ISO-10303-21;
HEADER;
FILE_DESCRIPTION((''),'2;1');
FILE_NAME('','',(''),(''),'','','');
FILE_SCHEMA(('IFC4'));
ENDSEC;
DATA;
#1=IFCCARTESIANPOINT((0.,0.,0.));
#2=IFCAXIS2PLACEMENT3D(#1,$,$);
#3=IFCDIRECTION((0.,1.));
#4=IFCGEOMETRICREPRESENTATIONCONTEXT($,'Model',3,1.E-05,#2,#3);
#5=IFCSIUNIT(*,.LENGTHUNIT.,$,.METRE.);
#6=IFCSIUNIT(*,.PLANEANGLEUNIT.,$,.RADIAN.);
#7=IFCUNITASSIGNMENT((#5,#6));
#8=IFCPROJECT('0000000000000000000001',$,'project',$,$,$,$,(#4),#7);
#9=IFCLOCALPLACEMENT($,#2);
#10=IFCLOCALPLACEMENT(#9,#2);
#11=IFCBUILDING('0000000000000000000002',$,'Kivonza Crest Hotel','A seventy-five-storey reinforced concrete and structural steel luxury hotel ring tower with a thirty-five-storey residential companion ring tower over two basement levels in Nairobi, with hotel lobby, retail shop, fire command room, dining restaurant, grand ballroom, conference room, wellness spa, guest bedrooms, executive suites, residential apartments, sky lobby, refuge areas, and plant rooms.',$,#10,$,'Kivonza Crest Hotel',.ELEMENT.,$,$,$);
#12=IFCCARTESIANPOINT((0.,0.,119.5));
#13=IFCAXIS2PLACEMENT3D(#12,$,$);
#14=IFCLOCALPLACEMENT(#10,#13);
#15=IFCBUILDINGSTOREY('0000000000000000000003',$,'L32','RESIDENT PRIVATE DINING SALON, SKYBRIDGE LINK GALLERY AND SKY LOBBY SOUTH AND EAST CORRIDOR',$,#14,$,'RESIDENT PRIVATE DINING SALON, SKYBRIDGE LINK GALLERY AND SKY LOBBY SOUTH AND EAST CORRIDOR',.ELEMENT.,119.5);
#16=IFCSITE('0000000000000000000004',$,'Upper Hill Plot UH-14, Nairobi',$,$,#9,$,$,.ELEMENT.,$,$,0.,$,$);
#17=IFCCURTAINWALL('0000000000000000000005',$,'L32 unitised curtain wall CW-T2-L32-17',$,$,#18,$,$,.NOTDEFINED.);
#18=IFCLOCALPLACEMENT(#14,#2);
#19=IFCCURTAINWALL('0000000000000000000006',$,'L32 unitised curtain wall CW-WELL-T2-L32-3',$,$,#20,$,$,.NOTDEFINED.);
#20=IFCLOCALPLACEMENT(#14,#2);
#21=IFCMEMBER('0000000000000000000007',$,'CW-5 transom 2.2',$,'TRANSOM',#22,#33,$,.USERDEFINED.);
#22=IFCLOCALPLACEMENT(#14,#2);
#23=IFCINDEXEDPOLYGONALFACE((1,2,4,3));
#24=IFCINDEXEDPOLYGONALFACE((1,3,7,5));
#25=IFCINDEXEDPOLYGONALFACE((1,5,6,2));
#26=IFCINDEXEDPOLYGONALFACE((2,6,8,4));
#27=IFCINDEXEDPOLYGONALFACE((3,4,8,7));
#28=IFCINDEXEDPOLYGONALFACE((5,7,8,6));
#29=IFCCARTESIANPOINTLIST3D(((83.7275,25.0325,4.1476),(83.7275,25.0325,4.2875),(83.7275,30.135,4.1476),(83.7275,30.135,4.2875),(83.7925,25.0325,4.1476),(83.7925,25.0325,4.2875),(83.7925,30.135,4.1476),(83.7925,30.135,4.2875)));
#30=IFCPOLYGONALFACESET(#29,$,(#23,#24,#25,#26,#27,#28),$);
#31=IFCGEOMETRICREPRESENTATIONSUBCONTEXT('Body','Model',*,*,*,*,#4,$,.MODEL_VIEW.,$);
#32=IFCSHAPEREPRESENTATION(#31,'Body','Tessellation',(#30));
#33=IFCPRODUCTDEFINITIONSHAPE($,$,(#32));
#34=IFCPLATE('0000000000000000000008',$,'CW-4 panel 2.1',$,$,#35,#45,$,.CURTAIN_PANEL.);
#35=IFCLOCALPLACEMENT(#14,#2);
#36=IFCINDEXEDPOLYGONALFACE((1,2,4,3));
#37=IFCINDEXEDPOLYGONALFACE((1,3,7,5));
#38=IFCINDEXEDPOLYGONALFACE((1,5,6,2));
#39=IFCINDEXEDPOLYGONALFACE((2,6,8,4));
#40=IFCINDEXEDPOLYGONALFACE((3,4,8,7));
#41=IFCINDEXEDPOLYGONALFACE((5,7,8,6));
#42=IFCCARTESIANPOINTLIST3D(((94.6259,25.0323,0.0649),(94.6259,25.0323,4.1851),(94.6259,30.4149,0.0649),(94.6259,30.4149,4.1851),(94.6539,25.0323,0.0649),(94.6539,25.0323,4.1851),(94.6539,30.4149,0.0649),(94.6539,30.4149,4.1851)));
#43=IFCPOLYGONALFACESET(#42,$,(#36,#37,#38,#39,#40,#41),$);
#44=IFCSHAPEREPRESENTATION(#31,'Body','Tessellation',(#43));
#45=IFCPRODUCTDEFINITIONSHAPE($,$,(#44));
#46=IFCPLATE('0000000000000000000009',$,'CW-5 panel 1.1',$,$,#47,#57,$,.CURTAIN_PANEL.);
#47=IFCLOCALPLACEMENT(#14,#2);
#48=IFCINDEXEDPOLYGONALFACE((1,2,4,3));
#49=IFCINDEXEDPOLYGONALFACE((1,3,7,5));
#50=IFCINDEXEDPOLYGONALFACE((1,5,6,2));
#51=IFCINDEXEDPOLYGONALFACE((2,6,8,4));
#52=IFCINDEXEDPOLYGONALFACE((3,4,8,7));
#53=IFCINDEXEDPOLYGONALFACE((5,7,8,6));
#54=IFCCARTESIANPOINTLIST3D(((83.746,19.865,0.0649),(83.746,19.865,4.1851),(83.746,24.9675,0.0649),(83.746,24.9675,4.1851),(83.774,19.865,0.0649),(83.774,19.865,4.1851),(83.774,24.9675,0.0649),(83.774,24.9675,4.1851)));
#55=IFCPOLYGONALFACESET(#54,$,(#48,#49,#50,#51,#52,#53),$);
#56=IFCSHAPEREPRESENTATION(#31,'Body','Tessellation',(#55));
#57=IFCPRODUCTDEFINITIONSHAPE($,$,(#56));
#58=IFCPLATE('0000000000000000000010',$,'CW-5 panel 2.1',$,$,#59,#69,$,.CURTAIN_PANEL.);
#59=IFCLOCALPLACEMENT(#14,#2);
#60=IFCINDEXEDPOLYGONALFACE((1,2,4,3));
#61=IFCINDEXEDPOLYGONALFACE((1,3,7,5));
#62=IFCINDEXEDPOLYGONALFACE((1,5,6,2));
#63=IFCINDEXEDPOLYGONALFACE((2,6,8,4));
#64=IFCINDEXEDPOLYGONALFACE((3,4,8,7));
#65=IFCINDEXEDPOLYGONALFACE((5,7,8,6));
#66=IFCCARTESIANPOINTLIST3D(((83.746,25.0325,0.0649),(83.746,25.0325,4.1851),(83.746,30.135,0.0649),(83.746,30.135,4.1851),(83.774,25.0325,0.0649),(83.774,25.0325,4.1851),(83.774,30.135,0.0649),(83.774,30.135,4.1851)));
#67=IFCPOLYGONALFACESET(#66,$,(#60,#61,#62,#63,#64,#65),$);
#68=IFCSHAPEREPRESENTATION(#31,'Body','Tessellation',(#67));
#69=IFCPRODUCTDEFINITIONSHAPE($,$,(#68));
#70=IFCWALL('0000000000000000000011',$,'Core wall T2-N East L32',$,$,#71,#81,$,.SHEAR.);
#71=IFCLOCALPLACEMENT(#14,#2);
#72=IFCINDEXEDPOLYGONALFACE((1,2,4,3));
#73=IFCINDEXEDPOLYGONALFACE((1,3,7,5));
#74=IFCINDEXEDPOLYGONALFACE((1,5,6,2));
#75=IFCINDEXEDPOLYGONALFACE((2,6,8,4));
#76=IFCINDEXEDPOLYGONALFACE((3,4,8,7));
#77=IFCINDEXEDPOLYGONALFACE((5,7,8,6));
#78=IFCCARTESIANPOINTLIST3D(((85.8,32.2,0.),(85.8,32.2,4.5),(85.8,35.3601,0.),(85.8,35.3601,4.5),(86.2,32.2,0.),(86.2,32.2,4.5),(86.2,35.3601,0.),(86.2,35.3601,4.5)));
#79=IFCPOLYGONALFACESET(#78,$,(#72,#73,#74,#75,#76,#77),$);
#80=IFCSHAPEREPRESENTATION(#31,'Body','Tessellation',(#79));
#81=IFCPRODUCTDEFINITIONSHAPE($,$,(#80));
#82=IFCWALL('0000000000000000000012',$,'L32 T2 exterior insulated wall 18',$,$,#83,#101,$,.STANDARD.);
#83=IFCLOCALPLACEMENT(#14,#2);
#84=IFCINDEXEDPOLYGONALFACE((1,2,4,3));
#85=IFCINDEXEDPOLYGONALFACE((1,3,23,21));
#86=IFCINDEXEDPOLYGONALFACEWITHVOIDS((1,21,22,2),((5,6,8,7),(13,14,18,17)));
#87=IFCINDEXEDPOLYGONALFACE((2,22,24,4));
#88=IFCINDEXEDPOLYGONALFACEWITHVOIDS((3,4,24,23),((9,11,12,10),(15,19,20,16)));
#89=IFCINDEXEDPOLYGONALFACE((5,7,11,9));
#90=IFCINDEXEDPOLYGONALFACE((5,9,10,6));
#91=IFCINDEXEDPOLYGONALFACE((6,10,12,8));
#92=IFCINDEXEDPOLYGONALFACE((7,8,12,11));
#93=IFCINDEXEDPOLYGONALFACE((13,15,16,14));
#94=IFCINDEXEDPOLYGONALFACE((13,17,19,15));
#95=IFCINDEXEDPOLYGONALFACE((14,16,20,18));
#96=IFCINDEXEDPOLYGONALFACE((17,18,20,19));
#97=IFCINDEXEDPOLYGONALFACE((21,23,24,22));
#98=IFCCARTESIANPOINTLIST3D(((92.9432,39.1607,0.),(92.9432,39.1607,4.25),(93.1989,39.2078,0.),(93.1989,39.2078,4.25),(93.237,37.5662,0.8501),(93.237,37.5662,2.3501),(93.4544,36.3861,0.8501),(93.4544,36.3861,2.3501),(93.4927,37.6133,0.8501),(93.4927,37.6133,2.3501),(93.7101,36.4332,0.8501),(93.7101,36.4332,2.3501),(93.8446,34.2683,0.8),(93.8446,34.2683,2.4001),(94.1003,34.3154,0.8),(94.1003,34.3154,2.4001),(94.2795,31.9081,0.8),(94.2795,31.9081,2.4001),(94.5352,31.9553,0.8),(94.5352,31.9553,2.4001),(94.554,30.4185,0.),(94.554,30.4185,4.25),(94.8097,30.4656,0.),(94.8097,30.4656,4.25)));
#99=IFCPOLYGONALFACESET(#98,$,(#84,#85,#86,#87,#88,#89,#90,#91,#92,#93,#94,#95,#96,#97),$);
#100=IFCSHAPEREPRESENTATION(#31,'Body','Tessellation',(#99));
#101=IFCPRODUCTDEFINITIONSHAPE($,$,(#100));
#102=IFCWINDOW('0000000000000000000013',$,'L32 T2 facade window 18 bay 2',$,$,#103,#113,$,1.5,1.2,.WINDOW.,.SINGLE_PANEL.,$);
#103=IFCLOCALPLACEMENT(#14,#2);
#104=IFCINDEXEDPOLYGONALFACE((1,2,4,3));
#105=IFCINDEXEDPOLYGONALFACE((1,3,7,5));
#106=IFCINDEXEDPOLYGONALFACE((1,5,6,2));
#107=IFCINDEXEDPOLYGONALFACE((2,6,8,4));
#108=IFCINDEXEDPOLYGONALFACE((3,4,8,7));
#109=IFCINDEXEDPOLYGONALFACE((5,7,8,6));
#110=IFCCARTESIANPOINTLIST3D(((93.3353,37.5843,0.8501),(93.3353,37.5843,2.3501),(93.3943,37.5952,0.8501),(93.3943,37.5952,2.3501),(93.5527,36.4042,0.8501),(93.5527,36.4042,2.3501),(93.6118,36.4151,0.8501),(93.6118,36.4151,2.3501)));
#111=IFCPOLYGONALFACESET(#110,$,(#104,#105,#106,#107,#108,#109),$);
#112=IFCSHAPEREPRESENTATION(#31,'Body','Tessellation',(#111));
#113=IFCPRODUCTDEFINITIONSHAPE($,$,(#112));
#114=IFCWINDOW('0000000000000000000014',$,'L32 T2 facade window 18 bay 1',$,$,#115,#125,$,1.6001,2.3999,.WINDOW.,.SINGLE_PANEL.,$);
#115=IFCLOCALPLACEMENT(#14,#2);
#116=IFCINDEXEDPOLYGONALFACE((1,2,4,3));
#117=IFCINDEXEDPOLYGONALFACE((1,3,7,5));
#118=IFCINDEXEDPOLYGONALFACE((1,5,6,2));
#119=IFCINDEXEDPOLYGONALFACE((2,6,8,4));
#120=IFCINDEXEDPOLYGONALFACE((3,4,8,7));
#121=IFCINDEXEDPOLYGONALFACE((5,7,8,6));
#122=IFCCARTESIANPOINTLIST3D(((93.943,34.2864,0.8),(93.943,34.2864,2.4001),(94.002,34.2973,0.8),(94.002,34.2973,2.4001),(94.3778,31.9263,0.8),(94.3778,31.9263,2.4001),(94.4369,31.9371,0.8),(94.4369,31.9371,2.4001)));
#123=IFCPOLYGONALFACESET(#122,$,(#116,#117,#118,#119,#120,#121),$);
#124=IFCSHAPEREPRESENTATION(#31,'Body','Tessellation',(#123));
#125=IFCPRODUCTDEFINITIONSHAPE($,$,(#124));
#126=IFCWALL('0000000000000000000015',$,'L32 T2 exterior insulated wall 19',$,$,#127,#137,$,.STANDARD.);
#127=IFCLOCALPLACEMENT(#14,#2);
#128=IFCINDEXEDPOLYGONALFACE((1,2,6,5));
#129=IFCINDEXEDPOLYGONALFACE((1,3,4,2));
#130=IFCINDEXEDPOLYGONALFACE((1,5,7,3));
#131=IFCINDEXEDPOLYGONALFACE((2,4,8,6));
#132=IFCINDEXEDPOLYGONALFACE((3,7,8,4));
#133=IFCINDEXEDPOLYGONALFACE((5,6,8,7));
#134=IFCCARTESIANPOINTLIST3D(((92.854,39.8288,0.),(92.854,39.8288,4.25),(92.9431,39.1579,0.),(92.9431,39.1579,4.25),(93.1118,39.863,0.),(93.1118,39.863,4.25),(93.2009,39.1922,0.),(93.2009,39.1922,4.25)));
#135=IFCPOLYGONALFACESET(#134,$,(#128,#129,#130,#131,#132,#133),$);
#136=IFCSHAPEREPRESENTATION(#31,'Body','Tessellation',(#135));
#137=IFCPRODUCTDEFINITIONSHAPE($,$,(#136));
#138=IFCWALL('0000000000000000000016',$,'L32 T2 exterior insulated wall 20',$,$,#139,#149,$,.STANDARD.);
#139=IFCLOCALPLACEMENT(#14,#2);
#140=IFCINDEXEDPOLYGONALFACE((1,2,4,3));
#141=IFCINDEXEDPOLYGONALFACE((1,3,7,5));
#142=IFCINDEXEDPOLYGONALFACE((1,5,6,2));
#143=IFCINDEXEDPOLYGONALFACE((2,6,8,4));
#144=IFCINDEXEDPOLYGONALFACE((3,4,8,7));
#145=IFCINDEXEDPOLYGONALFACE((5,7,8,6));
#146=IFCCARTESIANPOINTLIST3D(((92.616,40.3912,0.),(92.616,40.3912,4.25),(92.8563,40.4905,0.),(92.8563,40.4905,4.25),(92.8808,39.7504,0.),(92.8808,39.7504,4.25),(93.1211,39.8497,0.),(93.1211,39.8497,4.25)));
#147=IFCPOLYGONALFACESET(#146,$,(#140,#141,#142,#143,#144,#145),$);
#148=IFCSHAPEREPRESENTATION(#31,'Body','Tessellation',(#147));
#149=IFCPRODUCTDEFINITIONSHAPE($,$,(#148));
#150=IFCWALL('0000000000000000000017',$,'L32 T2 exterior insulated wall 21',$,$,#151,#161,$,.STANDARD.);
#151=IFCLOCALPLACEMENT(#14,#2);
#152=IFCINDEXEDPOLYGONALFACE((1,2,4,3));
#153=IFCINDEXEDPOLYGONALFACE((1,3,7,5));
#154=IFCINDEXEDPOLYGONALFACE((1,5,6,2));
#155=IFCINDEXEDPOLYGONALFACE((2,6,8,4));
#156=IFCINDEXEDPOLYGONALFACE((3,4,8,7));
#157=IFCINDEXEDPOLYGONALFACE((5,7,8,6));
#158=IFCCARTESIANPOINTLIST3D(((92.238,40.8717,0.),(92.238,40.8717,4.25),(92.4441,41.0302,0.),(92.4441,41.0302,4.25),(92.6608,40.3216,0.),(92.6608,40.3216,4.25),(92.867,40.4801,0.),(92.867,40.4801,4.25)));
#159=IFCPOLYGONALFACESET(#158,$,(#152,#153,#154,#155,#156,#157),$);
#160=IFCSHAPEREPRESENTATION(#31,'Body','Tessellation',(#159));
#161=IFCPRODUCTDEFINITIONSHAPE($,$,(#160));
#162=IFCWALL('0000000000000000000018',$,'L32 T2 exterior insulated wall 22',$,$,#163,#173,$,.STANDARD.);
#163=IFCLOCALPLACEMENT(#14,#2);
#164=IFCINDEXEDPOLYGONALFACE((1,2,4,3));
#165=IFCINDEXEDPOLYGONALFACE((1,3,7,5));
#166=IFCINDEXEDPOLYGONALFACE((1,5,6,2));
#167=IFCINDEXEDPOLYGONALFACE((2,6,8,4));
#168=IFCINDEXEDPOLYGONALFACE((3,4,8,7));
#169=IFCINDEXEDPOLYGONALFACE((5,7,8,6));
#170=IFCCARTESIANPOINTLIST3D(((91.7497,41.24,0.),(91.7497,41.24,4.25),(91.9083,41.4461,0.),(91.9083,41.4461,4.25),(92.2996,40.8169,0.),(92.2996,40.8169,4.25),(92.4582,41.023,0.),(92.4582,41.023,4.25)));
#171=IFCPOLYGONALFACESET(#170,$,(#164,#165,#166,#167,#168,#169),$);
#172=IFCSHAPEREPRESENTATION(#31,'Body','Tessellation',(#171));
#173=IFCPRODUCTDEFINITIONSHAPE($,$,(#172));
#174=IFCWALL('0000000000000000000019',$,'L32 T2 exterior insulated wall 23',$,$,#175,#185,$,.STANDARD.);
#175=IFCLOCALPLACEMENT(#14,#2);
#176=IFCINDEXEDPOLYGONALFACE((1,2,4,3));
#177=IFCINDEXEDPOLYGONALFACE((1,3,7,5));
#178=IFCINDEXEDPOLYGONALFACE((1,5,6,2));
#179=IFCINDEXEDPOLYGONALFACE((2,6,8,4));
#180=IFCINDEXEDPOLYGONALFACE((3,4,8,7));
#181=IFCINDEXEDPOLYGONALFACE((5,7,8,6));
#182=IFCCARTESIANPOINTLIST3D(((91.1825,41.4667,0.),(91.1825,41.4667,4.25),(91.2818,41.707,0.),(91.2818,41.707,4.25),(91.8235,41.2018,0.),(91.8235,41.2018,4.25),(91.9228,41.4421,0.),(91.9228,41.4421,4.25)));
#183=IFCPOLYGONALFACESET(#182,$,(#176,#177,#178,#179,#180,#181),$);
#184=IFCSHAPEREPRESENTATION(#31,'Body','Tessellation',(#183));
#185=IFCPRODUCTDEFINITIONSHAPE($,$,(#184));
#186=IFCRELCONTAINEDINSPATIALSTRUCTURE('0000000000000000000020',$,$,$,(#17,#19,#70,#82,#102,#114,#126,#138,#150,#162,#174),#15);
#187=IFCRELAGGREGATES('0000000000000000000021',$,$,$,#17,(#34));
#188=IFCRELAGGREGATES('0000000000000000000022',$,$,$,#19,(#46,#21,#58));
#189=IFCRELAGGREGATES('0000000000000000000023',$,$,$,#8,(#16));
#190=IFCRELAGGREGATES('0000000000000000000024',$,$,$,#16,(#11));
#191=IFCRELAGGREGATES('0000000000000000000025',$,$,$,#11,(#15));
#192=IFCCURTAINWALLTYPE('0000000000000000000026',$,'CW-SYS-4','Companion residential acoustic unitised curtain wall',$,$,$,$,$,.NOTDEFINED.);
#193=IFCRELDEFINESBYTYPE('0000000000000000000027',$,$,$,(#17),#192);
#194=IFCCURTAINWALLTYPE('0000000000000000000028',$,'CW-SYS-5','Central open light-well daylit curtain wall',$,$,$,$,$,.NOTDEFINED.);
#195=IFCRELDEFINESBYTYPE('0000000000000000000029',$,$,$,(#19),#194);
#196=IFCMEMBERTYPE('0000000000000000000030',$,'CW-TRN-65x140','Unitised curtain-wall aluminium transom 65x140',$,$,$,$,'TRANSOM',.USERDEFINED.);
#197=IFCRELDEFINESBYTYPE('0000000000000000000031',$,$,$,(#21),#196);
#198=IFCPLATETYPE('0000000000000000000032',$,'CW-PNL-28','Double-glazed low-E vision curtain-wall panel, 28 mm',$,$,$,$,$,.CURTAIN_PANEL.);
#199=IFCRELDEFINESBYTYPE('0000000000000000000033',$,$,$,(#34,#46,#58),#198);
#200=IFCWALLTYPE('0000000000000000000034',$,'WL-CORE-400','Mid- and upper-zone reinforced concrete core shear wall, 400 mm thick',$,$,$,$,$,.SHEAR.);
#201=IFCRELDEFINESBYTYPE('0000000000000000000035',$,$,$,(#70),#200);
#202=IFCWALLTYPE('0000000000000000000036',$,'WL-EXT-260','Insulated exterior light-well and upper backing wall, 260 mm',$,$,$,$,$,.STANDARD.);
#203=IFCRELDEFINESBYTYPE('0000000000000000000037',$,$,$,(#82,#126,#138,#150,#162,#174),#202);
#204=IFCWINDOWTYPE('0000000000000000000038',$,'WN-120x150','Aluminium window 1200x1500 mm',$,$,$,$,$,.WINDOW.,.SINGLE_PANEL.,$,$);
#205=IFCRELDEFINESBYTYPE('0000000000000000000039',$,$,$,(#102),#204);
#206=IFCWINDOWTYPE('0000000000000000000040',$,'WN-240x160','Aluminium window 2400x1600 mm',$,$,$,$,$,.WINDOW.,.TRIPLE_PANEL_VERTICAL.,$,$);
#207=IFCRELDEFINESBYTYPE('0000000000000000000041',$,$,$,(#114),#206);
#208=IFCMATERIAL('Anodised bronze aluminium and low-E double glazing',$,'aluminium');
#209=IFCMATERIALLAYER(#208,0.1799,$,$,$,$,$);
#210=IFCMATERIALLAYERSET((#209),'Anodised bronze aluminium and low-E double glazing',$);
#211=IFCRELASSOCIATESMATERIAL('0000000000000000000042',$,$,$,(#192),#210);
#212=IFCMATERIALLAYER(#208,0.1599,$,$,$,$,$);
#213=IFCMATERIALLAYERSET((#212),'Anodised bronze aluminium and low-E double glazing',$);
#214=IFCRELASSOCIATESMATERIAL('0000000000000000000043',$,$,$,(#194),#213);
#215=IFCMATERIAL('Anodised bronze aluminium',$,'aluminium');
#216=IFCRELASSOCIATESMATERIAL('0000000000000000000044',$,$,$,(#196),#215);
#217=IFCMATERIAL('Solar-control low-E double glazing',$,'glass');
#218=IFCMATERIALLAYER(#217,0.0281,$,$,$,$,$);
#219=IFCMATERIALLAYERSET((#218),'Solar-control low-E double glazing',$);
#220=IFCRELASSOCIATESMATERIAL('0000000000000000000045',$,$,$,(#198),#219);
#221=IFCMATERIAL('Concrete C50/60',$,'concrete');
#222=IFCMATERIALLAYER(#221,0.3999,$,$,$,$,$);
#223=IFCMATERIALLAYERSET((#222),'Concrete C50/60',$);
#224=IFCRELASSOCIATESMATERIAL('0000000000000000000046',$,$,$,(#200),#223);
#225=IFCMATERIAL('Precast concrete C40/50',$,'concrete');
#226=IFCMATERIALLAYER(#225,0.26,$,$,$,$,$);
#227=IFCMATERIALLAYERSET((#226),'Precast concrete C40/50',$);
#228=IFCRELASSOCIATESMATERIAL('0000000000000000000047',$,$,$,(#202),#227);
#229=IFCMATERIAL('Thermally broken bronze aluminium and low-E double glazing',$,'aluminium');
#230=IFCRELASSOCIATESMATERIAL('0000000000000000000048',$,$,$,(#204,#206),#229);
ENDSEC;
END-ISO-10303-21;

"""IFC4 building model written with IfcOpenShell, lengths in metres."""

from ifc_helpers import new_model, si_unit, direction, frame, frame_2d, origin, origin_2d, place, context, subcontext, project, spatial, rectangle, extrude, material, layer, layer_set, material_profile, profile_set, type_object, element, fill, aggregate, save


model = new_model("IFC4")

# Units and contexts
model_context = context("Model", 3, precision=1e-05, world=origin(), true_north=direction((0.0, 1.0)))
body_context = subcontext(model_context, "Body", "Model", "MODEL_VIEW")
ifc_project = project(units=[si_unit("LENGTHUNIT", "METRE"), si_unit("PLANEANGLEUNIT", "RADIAN")], contexts=[model_context])

# Site, building, storey
site_placement = place(None, origin())
site = spatial("IfcSite", under=ifc_project, at=site_placement, Name="Upper Hill Plot UH-14, Nairobi", CompositionType="ELEMENT", RefElevation=0.0)
building_placement = place(site_placement, origin())
building = spatial("IfcBuilding", under=site, at=building_placement, Name="Kivonza Crest Hotel", Description="A seventy-five-storey reinforced concrete and structural steel luxury hotel ring tower with a thirty-five-storey residential companion ring tower over two basement levels in Nairobi, with hotel lobby, retail shop, fire command room, dining restaurant, grand ballroom, conference room, wellness spa, guest bedrooms, executive suites, residential apartments, sky lobby, refuge areas, and plant rooms.", LongName="Kivonza Crest Hotel", CompositionType="ELEMENT")
storey_placement = place(building_placement, frame((0.0, 0.0, 119.5)))
storey = spatial("IfcBuildingStorey", under=building, at=storey_placement, Name="L32", Description="RESIDENT PRIVATE DINING SALON, SKYBRIDGE LINK GALLERY AND SKY LOBBY SOUTH AND EAST CORRIDOR", LongName="RESIDENT PRIVATE DINING SALON, SKYBRIDGE LINK GALLERY AND SKY LOBBY SOUTH AND EAST CORRIDOR", CompositionType="ELEMENT", Elevation=119.5)

# Shared definitions
ifc_material_1 = material(Name="Concrete C50/60", Category="concrete")

# Curtain walls
ifc_material_2 = material(Name="Anodised bronze aluminium and low-E double glazing", Category="aluminium")
ifc_layer_1 = layer(ifc_material_2, 0.1799)
ifc_layer_set_1 = layer_set([ifc_layer_1], Name="Anodised bronze aluminium and low-E double glazing")
curtain_wall_type_1 = type_object("IfcCurtainWallType", Name="CW-SYS-4", Description="Companion residential acoustic unitised curtain wall", PredefinedType="NOTDEFINED", material=ifc_layer_set_1)
curtain_wall_1_placement = place(storey_placement, origin())
curtain_wall_1 = element("IfcCurtainWall", 1, at=curtain_wall_1_placement, inside=storey, type_object=curtain_wall_type_1, Name="L32 unitised curtain wall CW-T2-L32-17", PredefinedType="NOTDEFINED")
ifc_material_3 = material(Name="Anodised bronze aluminium", Category="aluminium")
ifc_layer_2 = layer(ifc_material_2, 0.1599)
ifc_layer_set_2 = layer_set([ifc_layer_2], Name="Anodised bronze aluminium and low-E double glazing")
curtain_wall_type_2 = type_object("IfcCurtainWallType", Name="CW-SYS-5", Description="Central open light-well daylit curtain wall", PredefinedType="NOTDEFINED", material=ifc_layer_set_2)
curtain_wall_2_placement = place(storey_placement, origin())
curtain_wall_2 = element("IfcCurtainWall", 2, at=curtain_wall_2_placement, inside=storey, type_object=curtain_wall_type_2, Name="L32 unitised curtain wall CW-WELL-T2-L32-3", PredefinedType="NOTDEFINED")

# Member
ifc_material_profile_1 = material_profile(ifc_material_3, rectangle(XDim=0.0649, YDim=0.1399, at=origin_2d()), Name="CW-T 65x140")
ifc_profile_set_1 = profile_set([ifc_material_profile_1], Name="Anodised bronze aluminium")
member_type_1 = type_object("IfcMemberType", Name="CW-TRN-65x140", Description="Unitised curtain-wall aluminium transom 65x140", ElementType="TRANSOM", PredefinedType="USERDEFINED", material=ifc_profile_set_1)
member_1_placement = place(storey_placement, frame((83.76, 25.0325, 4.2175), z_axis=(0.0, 1.0, 0.0), x_axis=(-1.0, 0.0, 0.0)))
member_1 = element("IfcMember", 3, at=member_1_placement, type_object=member_type_1, Name="CW-5 transom 2.2", ObjectType="TRANSOM", PredefinedType="USERDEFINED", context=body_context, shape_type="SweptSolid", body=[
    extrude(rectangle(XDim=0.0649, YDim=0.1399, at=origin_2d()), origin(), (0.0, 0.0, 1.0), 5.1025),
])

# Plates
ifc_material_4 = material(Name="Solar-control low-E double glazing", Category="glass")
ifc_layer_3 = layer(ifc_material_4, 0.0281)
ifc_layer_set_3 = layer_set([ifc_layer_3], Name="Solar-control low-E double glazing")
plate_type = type_object("IfcPlateType", Name="CW-PNL-28", Description="Double-glazed low-E vision curtain-wall panel, 28 mm", PredefinedType="CURTAIN_PANEL", material=ifc_layer_set_3)
plate_1_placement = place(storey_placement, frame((94.6399, 27.7236, 0.0649), z_axis=(0.0, 0.0, 1.0), x_axis=(0.0, 1.0, 0.0)))
plate_1 = element("IfcPlate", 4, at=plate_1_placement, type_object=plate_type, Name="CW-4 panel 2.1", PredefinedType="CURTAIN_PANEL", context=body_context, shape_type="SweptSolid", body=[
    extrude(rectangle(XDim=5.3826, YDim=0.0281, at=origin_2d()), origin(), (0.0, 0.0, 1.0), 4.1201),
])
aggregate(curtain_wall_1, [plate_1])
plate_2_placement = place(storey_placement, frame((83.76, 22.4163, 0.0649), z_axis=(0.0, 0.0, 1.0), x_axis=(0.0, 1.0, 0.0)))
plate_2 = element("IfcPlate", 5, at=plate_2_placement, type_object=plate_type, Name="CW-5 panel 1.1", PredefinedType="CURTAIN_PANEL", context=body_context, shape_type="SweptSolid", body=[
    extrude(rectangle(XDim=5.1025, YDim=0.0281, at=origin_2d()), origin(), (0.0, 0.0, 1.0), 4.1201),
])
plate_3_placement = place(storey_placement, frame((83.76, 27.5837, 0.0649), z_axis=(0.0, 0.0, 1.0), x_axis=(0.0, 1.0, 0.0)))
plate_3 = element("IfcPlate", 6, at=plate_3_placement, type_object=plate_type, Name="CW-5 panel 2.1", PredefinedType="CURTAIN_PANEL", context=body_context, shape_type="SweptSolid", body=[
    extrude(rectangle(XDim=5.1025, YDim=0.0281, at=origin_2d()), origin(), (0.0, 0.0, 1.0), 4.1201),
])
aggregate(curtain_wall_2, [plate_2, member_1, plate_3])

# Wall
ifc_layer_4 = layer(ifc_material_1, 0.3999)
ifc_layer_set_4 = layer_set([ifc_layer_4], Name="Concrete C50/60")
wall_type_1 = type_object("IfcWallType", Name="WL-CORE-400", Description="Mid- and upper-zone reinforced concrete core shear wall, 400 mm thick", PredefinedType="SHEAR", material=ifc_layer_set_4)
wall_1_placement = place(storey_placement, frame((86.0, 32.2, 0.0), z_axis=(0.0, 0.0, 1.0), x_axis=(0.0, 1.0, 0.0)))
element("IfcWall", 7, at=wall_1_placement, inside=storey, type_object=wall_type_1, Name="Core wall T2-N East L32", PredefinedType="SHEAR", context=body_context, shape_type="SweptSolid", body=[
    extrude(rectangle(XDim=3.1602, YDim=0.3999, at=frame_2d((1.5801, 0.0))), origin(), (0.0, 0.0, 1.0), 4.5),
])

# Wall, openings, windows
ifc_material_5 = material(Name="Precast concrete C40/50", Category="concrete")
ifc_layer_5 = layer(ifc_material_5, 0.26)
ifc_layer_set_5 = layer_set([ifc_layer_5], Name="Precast concrete C40/50")
wall_type_2 = type_object("IfcWallType", Name="WL-EXT-260", Description="Insulated exterior light-well and upper backing wall, 260 mm", PredefinedType="STANDARD", material=ifc_layer_set_5)
wall_2_placement = place(storey_placement, frame((94.6819, 30.4419, 0.0), z_axis=(0.0, 0.0, 1.0), x_axis=(-0.18121, 0.983444, 0.0)))
wall_2 = element("IfcWall", 8, at=wall_2_placement, inside=storey, type_object=wall_type_2, Name="L32 T2 exterior insulated wall 18", PredefinedType="STANDARD", context=body_context, shape_type="SweptSolid", body=[
    extrude(rectangle(XDim=8.8894, YDim=0.26, at=frame_2d((4.4448, 0.0))), origin(), (0.0, 0.0, 1.0), 4.25),
])
opening_1_placement = place(wall_2_placement, frame((1.5149, 0.0, 0.8)))
opening_1 = element("IfcOpeningElement", 9, at=opening_1_placement, cuts=wall_2, PredefinedType="OPENING", context=body_context, shape_type="SweptSolid", body=[
    extrude(rectangle(XDim=2.3999, YDim=1.6001, at=frame_2d((1.2, 0.8))), frame((0.0, 0.1401, 0.0), z_axis=(0.0, -1.0, 0.0), x_axis=(1.0, 0.0, 0.0)), (0.0, 0.0, 1.0), 0.28),
])
opening_2_placement = place(wall_2_placement, frame((6.0681, 0.0, 0.8501)))
opening_2 = element("IfcOpeningElement", 10, at=opening_2_placement, cuts=wall_2, PredefinedType="OPENING", context=body_context, shape_type="SweptSolid", body=[
    extrude(rectangle(XDim=1.2, YDim=1.5, at=frame_2d((0.6001, 0.75))), frame((0.0, 0.1401, 0.0), z_axis=(0.0, -1.0, 0.0), x_axis=(1.0, 0.0, 0.0)), (0.0, 0.0, 1.0), 0.28),
])
ifc_material_6 = material(Name="Thermally broken bronze aluminium and low-E double glazing", Category="aluminium")
window_type_1 = type_object("IfcWindowType", Name="WN-120x150", Description="Aluminium window 1200x1500 mm", PartitioningType="SINGLE_PANEL", PredefinedType="WINDOW", material=ifc_material_6)
window_1_placement = place(opening_2_placement, origin())
window_1 = element("IfcWindow", 11, at=window_1_placement, inside=storey, type_object=window_type_1, Name="L32 T2 facade window 18 bay 2", OverallHeight=1.5, OverallWidth=1.2, PartitioningType="SINGLE_PANEL", PredefinedType="WINDOW", context=body_context, shape_type="SweptSolid", body=[
    extrude(rectangle(XDim=1.2, YDim=1.5, at=frame_2d((0.6001, 0.75))), frame((0.0, 0.03, 0.0), z_axis=(0.0, -1.0, 0.0), x_axis=(1.0, 0.0, 0.0)), (0.0, 0.0, 1.0), 0.0601),
])
fill(opening_2, window_1)
window_type_2 = type_object("IfcWindowType", Name="WN-240x160", Description="Aluminium window 2400x1600 mm", PartitioningType="TRIPLE_PANEL_VERTICAL", PredefinedType="WINDOW", material=ifc_material_6)
window_2_placement = place(opening_1_placement, origin())
window_2 = element("IfcWindow", 12, at=window_2_placement, inside=storey, type_object=window_type_2, Name="L32 T2 facade window 18 bay 1", OverallHeight=1.6001, OverallWidth=2.3999, PartitioningType="SINGLE_PANEL", PredefinedType="WINDOW", context=body_context, shape_type="SweptSolid", body=[
    extrude(rectangle(XDim=2.3999, YDim=1.6001, at=frame_2d((1.2, 0.8))), frame((0.0, 0.03, 0.0), z_axis=(0.0, -1.0, 0.0), x_axis=(1.0, 0.0, 0.0)), (0.0, 0.0, 1.0), 0.0601),
])
fill(opening_1, window_2)

# Walls
wall_3_placement = place(storey_placement, frame((93.072, 39.175, 0.0), z_axis=(0.0, 0.0, 1.0), x_axis=(-0.131667, 0.991294, 0.0)))
element("IfcWall", 13, at=wall_3_placement, inside=storey, type_object=wall_type_2, Name="L32 T2 exterior insulated wall 19", PredefinedType="STANDARD", context=body_context, shape_type="SweptSolid", body=[
    extrude(rectangle(XDim=0.6768, YDim=0.26, at=frame_2d((0.3384, 0.0))), origin(), (0.0, 0.0, 1.0), 4.25),
])
wall_4_placement = place(storey_placement, frame((93.001, 39.8, 0.0), z_axis=(0.0, 0.0, 1.0), x_axis=(-0.381989, 0.924167, 0.0)))
element("IfcWall", 14, at=wall_4_placement, inside=storey, type_object=wall_type_2, Name="L32 T2 exterior insulated wall 20", PredefinedType="STANDARD", context=body_context, shape_type="SweptSolid", body=[
    extrude(rectangle(XDim=0.6934, YDim=0.26, at=frame_2d((0.3467, 0.0))), origin(), (0.0, 0.0, 1.0), 4.25),
])
for number, where, z_axis, x_axis, name in (
    (15, (92.7639, 40.4009, 0.0), (0.0, 0.0, 1.0), (-0.609473, 0.792807, 0.0), "L32 T2 exterior insulated wall 21"),
    (16, (92.3789, 40.9199, 0.0), (0.0, 0.0, 1.0), (-0.792506, 0.609864, 0.0), "L32 T2 exterior insulated wall 22"),
):
    element("IfcWall", number, at=place(storey_placement, frame(where, z_axis=z_axis, x_axis=x_axis)), inside=storey, type_object=wall_type_2, Name=name, PredefinedType="STANDARD", context=body_context, shape_type="SweptSolid", body=[
        extrude(rectangle(XDim=0.6938, YDim=0.26, at=frame_2d((0.3469, 0.0))), origin(), (0.0, 0.0, 1.0), 4.25),
    ])
wall_5_placement = place(storey_placement, frame((91.873, 41.322, 0.0), z_axis=(0.0, 0.0, 1.0), x_axis=(-0.924218, 0.381865, 0.0)))
element("IfcWall", 17, at=wall_5_placement, inside=storey, type_object=wall_type_2, Name="L32 T2 exterior insulated wall 23", PredefinedType="STANDARD", context=body_context, shape_type="SweptSolid", body=[
    extrude(rectangle(XDim=0.6936, YDim=0.26, at=frame_2d((0.3467, 0.0))), origin(), (0.0, 0.0, 1.0), 4.25),
])

save(model, "model.ifc")
